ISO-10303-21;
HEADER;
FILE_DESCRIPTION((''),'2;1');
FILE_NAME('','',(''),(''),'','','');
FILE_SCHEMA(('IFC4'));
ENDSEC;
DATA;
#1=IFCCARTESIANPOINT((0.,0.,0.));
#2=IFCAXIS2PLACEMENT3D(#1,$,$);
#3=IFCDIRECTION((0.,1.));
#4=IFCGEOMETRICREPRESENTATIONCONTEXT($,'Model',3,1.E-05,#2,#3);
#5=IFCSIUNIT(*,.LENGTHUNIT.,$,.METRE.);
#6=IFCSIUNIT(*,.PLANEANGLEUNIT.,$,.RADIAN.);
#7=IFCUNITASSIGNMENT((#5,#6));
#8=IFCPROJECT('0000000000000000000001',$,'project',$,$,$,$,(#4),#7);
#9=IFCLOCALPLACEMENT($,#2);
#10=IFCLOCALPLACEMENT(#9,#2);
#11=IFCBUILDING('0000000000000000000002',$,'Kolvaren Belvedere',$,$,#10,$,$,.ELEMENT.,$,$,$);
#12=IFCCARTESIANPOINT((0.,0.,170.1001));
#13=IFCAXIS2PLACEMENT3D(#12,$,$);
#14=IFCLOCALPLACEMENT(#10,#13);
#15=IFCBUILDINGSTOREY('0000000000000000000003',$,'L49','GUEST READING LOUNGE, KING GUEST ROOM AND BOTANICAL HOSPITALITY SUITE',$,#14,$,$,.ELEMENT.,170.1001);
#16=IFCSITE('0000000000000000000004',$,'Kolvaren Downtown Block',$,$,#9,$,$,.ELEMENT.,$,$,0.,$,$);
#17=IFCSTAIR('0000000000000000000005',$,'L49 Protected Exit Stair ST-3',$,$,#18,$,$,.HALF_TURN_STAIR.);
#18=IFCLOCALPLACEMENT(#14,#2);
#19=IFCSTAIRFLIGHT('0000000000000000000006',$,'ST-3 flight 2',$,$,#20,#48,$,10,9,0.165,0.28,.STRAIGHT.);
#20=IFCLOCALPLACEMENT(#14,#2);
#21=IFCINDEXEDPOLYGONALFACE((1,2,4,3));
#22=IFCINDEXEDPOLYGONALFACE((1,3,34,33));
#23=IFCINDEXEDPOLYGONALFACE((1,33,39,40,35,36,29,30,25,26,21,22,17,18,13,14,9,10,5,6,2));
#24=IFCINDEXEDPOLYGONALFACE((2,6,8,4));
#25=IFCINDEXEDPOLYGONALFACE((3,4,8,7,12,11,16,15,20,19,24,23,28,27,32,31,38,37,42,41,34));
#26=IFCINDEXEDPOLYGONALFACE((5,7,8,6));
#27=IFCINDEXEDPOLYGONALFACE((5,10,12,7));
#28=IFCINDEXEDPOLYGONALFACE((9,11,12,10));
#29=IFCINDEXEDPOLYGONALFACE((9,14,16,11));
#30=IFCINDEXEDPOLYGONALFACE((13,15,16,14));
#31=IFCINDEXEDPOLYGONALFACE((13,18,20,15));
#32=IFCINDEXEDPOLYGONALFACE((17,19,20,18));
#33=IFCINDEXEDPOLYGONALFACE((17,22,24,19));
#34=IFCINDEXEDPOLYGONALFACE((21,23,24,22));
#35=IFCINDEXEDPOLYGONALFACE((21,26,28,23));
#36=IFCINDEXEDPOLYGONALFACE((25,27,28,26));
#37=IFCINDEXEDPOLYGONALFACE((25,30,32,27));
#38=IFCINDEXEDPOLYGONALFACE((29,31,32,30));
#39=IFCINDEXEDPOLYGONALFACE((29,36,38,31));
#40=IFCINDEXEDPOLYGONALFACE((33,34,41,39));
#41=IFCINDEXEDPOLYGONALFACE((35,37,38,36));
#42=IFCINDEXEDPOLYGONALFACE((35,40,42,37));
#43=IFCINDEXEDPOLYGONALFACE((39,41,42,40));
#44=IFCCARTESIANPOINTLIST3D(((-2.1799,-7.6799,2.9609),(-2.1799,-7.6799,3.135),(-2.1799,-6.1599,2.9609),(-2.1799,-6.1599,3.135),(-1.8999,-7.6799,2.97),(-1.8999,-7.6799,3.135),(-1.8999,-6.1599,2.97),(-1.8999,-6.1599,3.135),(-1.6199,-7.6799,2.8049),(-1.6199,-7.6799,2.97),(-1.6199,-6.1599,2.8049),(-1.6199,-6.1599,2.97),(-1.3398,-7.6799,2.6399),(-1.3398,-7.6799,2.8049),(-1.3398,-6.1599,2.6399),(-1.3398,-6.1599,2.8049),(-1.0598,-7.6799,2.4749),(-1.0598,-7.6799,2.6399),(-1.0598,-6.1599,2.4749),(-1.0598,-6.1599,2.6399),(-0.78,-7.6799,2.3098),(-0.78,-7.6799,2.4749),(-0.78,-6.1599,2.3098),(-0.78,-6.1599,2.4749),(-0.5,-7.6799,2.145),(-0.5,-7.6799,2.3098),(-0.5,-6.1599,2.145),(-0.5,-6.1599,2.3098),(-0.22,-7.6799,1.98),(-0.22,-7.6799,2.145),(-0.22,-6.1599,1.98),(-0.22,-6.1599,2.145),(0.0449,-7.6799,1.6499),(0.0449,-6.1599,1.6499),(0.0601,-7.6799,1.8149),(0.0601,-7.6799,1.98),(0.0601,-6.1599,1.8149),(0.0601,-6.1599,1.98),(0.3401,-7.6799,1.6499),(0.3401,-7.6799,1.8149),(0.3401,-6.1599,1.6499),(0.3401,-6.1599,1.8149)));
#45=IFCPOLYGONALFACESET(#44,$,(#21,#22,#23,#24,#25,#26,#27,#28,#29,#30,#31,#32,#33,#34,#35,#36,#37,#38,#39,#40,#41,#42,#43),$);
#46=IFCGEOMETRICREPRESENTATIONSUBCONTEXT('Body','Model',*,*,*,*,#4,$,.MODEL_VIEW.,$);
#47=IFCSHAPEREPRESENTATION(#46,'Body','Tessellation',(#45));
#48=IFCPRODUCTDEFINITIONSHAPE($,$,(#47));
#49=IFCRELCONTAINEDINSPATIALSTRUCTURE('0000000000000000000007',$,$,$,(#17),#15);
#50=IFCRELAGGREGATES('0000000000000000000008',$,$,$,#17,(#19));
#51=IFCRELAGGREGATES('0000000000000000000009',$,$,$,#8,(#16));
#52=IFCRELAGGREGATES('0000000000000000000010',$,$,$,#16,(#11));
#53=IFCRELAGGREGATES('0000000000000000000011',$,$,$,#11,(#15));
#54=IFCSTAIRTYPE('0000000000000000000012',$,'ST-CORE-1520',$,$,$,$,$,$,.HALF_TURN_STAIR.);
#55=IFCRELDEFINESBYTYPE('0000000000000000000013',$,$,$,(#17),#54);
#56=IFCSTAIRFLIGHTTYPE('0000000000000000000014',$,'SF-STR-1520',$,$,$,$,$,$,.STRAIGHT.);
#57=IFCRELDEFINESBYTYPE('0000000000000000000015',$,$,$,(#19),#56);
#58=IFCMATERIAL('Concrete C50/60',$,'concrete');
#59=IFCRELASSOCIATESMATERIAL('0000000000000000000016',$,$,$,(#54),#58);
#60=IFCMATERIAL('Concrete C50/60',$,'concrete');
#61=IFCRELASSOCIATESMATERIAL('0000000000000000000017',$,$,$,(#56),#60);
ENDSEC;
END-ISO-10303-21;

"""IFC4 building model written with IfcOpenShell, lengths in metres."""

from ifc_helpers import new_model, si_unit, direction, frame, origin, place, context, subcontext, project, spatial, polyline, outline, extrude, material, type_object, element, aggregate, save


model = new_model("IFC4")

# Units and contexts
model_context = context("Model", 3, precision=1e-05, world=origin(), true_north=direction((0.0, 1.0)))
body_context = subcontext(model_context, "Body", "Model", "MODEL_VIEW")
ifc_project = project(units=[si_unit("LENGTHUNIT", "METRE"), si_unit("PLANEANGLEUNIT", "RADIAN")], contexts=[model_context])

# Site, building, storey
site_placement = place(None, origin())
site = spatial("IfcSite", under=ifc_project, at=site_placement, Name="Kolvaren Downtown Block", CompositionType="ELEMENT", RefElevation=0.0)
building_placement = place(site_placement, origin())
building = spatial("IfcBuilding", under=site, at=building_placement, Name="Kolvaren Belvedere", CompositionType="ELEMENT")
storey_placement = place(building_placement, frame((0.0, 0.0, 170.1001)))
storey = spatial("IfcBuildingStorey", under=building, at=storey_placement, Name="L49", Description="GUEST READING LOUNGE, KING GUEST ROOM AND BOTANICAL HOSPITALITY SUITE", CompositionType="ELEMENT", Elevation=170.1001)

# Stair, stair flight
ifc_material_1 = material(Name="Concrete C50/60", Category="concrete")
stair_type = type_object("IfcStairType", Name="ST-CORE-1520", PredefinedType="HALF_TURN_STAIR", material=ifc_material_1)
stair_placement = place(storey_placement, origin())
stair = element("IfcStair", 1, at=stair_placement, inside=storey, type_object=stair_type, Name="L49 Protected Exit Stair ST-3", PredefinedType="HALF_TURN_STAIR")
ifc_material_2 = material(Name="Concrete C50/60", Category="concrete")
stair_flight_type = type_object("IfcStairFlightType", Name="SF-STR-1520", PredefinedType="STRAIGHT", material=ifc_material_2)
stair_flight_1_placement = place(storey_placement, frame((0.3401, -6.9199, 1.6499), z_axis=(0.0, 0.0, 1.0), x_axis=(-1.0, 0.0, 0.0)))
stair_flight_1 = element("IfcStairFlight", 2, at=stair_flight_1_placement, type_object=stair_flight_type, Name="ST-3 flight 2", NumberOfRisers=10, NumberOfTreads=9, PredefinedType="STRAIGHT", RiserHeight=0.165, TreadLength=0.28, context=body_context, shape_type="SweptSolid", body=[
    extrude(outline(polyline([(0.0, 0.0), (0.0, 0.165), (0.28, 0.165), (0.28, 0.3301), (0.5601, 0.3301), (0.5601, 0.4951), (0.8401, 0.4951), (0.8401, 0.6599), (1.1201, 0.6599), (1.1201, 0.825), (1.3999, 0.825), (1.3999, 0.99), (1.6799, 0.99), (1.6799, 1.155), (1.96, 1.155), (1.96, 1.3201), (2.24, 1.3201), (2.24, 1.4851), (2.52, 1.4851), (2.52, 1.6499), (2.52, 1.311), (0.2952, 0.0), (0.0, 0.0)])), frame((0.0, 0.76, 0.0), z_axis=(0.0, -1.0, 0.0), x_axis=(1.0, 0.0, 0.0)), (0.0, 0.0, 1.0), 1.52),
])
aggregate(stair, [stair_flight_1])

save(model, "model.ifc")
